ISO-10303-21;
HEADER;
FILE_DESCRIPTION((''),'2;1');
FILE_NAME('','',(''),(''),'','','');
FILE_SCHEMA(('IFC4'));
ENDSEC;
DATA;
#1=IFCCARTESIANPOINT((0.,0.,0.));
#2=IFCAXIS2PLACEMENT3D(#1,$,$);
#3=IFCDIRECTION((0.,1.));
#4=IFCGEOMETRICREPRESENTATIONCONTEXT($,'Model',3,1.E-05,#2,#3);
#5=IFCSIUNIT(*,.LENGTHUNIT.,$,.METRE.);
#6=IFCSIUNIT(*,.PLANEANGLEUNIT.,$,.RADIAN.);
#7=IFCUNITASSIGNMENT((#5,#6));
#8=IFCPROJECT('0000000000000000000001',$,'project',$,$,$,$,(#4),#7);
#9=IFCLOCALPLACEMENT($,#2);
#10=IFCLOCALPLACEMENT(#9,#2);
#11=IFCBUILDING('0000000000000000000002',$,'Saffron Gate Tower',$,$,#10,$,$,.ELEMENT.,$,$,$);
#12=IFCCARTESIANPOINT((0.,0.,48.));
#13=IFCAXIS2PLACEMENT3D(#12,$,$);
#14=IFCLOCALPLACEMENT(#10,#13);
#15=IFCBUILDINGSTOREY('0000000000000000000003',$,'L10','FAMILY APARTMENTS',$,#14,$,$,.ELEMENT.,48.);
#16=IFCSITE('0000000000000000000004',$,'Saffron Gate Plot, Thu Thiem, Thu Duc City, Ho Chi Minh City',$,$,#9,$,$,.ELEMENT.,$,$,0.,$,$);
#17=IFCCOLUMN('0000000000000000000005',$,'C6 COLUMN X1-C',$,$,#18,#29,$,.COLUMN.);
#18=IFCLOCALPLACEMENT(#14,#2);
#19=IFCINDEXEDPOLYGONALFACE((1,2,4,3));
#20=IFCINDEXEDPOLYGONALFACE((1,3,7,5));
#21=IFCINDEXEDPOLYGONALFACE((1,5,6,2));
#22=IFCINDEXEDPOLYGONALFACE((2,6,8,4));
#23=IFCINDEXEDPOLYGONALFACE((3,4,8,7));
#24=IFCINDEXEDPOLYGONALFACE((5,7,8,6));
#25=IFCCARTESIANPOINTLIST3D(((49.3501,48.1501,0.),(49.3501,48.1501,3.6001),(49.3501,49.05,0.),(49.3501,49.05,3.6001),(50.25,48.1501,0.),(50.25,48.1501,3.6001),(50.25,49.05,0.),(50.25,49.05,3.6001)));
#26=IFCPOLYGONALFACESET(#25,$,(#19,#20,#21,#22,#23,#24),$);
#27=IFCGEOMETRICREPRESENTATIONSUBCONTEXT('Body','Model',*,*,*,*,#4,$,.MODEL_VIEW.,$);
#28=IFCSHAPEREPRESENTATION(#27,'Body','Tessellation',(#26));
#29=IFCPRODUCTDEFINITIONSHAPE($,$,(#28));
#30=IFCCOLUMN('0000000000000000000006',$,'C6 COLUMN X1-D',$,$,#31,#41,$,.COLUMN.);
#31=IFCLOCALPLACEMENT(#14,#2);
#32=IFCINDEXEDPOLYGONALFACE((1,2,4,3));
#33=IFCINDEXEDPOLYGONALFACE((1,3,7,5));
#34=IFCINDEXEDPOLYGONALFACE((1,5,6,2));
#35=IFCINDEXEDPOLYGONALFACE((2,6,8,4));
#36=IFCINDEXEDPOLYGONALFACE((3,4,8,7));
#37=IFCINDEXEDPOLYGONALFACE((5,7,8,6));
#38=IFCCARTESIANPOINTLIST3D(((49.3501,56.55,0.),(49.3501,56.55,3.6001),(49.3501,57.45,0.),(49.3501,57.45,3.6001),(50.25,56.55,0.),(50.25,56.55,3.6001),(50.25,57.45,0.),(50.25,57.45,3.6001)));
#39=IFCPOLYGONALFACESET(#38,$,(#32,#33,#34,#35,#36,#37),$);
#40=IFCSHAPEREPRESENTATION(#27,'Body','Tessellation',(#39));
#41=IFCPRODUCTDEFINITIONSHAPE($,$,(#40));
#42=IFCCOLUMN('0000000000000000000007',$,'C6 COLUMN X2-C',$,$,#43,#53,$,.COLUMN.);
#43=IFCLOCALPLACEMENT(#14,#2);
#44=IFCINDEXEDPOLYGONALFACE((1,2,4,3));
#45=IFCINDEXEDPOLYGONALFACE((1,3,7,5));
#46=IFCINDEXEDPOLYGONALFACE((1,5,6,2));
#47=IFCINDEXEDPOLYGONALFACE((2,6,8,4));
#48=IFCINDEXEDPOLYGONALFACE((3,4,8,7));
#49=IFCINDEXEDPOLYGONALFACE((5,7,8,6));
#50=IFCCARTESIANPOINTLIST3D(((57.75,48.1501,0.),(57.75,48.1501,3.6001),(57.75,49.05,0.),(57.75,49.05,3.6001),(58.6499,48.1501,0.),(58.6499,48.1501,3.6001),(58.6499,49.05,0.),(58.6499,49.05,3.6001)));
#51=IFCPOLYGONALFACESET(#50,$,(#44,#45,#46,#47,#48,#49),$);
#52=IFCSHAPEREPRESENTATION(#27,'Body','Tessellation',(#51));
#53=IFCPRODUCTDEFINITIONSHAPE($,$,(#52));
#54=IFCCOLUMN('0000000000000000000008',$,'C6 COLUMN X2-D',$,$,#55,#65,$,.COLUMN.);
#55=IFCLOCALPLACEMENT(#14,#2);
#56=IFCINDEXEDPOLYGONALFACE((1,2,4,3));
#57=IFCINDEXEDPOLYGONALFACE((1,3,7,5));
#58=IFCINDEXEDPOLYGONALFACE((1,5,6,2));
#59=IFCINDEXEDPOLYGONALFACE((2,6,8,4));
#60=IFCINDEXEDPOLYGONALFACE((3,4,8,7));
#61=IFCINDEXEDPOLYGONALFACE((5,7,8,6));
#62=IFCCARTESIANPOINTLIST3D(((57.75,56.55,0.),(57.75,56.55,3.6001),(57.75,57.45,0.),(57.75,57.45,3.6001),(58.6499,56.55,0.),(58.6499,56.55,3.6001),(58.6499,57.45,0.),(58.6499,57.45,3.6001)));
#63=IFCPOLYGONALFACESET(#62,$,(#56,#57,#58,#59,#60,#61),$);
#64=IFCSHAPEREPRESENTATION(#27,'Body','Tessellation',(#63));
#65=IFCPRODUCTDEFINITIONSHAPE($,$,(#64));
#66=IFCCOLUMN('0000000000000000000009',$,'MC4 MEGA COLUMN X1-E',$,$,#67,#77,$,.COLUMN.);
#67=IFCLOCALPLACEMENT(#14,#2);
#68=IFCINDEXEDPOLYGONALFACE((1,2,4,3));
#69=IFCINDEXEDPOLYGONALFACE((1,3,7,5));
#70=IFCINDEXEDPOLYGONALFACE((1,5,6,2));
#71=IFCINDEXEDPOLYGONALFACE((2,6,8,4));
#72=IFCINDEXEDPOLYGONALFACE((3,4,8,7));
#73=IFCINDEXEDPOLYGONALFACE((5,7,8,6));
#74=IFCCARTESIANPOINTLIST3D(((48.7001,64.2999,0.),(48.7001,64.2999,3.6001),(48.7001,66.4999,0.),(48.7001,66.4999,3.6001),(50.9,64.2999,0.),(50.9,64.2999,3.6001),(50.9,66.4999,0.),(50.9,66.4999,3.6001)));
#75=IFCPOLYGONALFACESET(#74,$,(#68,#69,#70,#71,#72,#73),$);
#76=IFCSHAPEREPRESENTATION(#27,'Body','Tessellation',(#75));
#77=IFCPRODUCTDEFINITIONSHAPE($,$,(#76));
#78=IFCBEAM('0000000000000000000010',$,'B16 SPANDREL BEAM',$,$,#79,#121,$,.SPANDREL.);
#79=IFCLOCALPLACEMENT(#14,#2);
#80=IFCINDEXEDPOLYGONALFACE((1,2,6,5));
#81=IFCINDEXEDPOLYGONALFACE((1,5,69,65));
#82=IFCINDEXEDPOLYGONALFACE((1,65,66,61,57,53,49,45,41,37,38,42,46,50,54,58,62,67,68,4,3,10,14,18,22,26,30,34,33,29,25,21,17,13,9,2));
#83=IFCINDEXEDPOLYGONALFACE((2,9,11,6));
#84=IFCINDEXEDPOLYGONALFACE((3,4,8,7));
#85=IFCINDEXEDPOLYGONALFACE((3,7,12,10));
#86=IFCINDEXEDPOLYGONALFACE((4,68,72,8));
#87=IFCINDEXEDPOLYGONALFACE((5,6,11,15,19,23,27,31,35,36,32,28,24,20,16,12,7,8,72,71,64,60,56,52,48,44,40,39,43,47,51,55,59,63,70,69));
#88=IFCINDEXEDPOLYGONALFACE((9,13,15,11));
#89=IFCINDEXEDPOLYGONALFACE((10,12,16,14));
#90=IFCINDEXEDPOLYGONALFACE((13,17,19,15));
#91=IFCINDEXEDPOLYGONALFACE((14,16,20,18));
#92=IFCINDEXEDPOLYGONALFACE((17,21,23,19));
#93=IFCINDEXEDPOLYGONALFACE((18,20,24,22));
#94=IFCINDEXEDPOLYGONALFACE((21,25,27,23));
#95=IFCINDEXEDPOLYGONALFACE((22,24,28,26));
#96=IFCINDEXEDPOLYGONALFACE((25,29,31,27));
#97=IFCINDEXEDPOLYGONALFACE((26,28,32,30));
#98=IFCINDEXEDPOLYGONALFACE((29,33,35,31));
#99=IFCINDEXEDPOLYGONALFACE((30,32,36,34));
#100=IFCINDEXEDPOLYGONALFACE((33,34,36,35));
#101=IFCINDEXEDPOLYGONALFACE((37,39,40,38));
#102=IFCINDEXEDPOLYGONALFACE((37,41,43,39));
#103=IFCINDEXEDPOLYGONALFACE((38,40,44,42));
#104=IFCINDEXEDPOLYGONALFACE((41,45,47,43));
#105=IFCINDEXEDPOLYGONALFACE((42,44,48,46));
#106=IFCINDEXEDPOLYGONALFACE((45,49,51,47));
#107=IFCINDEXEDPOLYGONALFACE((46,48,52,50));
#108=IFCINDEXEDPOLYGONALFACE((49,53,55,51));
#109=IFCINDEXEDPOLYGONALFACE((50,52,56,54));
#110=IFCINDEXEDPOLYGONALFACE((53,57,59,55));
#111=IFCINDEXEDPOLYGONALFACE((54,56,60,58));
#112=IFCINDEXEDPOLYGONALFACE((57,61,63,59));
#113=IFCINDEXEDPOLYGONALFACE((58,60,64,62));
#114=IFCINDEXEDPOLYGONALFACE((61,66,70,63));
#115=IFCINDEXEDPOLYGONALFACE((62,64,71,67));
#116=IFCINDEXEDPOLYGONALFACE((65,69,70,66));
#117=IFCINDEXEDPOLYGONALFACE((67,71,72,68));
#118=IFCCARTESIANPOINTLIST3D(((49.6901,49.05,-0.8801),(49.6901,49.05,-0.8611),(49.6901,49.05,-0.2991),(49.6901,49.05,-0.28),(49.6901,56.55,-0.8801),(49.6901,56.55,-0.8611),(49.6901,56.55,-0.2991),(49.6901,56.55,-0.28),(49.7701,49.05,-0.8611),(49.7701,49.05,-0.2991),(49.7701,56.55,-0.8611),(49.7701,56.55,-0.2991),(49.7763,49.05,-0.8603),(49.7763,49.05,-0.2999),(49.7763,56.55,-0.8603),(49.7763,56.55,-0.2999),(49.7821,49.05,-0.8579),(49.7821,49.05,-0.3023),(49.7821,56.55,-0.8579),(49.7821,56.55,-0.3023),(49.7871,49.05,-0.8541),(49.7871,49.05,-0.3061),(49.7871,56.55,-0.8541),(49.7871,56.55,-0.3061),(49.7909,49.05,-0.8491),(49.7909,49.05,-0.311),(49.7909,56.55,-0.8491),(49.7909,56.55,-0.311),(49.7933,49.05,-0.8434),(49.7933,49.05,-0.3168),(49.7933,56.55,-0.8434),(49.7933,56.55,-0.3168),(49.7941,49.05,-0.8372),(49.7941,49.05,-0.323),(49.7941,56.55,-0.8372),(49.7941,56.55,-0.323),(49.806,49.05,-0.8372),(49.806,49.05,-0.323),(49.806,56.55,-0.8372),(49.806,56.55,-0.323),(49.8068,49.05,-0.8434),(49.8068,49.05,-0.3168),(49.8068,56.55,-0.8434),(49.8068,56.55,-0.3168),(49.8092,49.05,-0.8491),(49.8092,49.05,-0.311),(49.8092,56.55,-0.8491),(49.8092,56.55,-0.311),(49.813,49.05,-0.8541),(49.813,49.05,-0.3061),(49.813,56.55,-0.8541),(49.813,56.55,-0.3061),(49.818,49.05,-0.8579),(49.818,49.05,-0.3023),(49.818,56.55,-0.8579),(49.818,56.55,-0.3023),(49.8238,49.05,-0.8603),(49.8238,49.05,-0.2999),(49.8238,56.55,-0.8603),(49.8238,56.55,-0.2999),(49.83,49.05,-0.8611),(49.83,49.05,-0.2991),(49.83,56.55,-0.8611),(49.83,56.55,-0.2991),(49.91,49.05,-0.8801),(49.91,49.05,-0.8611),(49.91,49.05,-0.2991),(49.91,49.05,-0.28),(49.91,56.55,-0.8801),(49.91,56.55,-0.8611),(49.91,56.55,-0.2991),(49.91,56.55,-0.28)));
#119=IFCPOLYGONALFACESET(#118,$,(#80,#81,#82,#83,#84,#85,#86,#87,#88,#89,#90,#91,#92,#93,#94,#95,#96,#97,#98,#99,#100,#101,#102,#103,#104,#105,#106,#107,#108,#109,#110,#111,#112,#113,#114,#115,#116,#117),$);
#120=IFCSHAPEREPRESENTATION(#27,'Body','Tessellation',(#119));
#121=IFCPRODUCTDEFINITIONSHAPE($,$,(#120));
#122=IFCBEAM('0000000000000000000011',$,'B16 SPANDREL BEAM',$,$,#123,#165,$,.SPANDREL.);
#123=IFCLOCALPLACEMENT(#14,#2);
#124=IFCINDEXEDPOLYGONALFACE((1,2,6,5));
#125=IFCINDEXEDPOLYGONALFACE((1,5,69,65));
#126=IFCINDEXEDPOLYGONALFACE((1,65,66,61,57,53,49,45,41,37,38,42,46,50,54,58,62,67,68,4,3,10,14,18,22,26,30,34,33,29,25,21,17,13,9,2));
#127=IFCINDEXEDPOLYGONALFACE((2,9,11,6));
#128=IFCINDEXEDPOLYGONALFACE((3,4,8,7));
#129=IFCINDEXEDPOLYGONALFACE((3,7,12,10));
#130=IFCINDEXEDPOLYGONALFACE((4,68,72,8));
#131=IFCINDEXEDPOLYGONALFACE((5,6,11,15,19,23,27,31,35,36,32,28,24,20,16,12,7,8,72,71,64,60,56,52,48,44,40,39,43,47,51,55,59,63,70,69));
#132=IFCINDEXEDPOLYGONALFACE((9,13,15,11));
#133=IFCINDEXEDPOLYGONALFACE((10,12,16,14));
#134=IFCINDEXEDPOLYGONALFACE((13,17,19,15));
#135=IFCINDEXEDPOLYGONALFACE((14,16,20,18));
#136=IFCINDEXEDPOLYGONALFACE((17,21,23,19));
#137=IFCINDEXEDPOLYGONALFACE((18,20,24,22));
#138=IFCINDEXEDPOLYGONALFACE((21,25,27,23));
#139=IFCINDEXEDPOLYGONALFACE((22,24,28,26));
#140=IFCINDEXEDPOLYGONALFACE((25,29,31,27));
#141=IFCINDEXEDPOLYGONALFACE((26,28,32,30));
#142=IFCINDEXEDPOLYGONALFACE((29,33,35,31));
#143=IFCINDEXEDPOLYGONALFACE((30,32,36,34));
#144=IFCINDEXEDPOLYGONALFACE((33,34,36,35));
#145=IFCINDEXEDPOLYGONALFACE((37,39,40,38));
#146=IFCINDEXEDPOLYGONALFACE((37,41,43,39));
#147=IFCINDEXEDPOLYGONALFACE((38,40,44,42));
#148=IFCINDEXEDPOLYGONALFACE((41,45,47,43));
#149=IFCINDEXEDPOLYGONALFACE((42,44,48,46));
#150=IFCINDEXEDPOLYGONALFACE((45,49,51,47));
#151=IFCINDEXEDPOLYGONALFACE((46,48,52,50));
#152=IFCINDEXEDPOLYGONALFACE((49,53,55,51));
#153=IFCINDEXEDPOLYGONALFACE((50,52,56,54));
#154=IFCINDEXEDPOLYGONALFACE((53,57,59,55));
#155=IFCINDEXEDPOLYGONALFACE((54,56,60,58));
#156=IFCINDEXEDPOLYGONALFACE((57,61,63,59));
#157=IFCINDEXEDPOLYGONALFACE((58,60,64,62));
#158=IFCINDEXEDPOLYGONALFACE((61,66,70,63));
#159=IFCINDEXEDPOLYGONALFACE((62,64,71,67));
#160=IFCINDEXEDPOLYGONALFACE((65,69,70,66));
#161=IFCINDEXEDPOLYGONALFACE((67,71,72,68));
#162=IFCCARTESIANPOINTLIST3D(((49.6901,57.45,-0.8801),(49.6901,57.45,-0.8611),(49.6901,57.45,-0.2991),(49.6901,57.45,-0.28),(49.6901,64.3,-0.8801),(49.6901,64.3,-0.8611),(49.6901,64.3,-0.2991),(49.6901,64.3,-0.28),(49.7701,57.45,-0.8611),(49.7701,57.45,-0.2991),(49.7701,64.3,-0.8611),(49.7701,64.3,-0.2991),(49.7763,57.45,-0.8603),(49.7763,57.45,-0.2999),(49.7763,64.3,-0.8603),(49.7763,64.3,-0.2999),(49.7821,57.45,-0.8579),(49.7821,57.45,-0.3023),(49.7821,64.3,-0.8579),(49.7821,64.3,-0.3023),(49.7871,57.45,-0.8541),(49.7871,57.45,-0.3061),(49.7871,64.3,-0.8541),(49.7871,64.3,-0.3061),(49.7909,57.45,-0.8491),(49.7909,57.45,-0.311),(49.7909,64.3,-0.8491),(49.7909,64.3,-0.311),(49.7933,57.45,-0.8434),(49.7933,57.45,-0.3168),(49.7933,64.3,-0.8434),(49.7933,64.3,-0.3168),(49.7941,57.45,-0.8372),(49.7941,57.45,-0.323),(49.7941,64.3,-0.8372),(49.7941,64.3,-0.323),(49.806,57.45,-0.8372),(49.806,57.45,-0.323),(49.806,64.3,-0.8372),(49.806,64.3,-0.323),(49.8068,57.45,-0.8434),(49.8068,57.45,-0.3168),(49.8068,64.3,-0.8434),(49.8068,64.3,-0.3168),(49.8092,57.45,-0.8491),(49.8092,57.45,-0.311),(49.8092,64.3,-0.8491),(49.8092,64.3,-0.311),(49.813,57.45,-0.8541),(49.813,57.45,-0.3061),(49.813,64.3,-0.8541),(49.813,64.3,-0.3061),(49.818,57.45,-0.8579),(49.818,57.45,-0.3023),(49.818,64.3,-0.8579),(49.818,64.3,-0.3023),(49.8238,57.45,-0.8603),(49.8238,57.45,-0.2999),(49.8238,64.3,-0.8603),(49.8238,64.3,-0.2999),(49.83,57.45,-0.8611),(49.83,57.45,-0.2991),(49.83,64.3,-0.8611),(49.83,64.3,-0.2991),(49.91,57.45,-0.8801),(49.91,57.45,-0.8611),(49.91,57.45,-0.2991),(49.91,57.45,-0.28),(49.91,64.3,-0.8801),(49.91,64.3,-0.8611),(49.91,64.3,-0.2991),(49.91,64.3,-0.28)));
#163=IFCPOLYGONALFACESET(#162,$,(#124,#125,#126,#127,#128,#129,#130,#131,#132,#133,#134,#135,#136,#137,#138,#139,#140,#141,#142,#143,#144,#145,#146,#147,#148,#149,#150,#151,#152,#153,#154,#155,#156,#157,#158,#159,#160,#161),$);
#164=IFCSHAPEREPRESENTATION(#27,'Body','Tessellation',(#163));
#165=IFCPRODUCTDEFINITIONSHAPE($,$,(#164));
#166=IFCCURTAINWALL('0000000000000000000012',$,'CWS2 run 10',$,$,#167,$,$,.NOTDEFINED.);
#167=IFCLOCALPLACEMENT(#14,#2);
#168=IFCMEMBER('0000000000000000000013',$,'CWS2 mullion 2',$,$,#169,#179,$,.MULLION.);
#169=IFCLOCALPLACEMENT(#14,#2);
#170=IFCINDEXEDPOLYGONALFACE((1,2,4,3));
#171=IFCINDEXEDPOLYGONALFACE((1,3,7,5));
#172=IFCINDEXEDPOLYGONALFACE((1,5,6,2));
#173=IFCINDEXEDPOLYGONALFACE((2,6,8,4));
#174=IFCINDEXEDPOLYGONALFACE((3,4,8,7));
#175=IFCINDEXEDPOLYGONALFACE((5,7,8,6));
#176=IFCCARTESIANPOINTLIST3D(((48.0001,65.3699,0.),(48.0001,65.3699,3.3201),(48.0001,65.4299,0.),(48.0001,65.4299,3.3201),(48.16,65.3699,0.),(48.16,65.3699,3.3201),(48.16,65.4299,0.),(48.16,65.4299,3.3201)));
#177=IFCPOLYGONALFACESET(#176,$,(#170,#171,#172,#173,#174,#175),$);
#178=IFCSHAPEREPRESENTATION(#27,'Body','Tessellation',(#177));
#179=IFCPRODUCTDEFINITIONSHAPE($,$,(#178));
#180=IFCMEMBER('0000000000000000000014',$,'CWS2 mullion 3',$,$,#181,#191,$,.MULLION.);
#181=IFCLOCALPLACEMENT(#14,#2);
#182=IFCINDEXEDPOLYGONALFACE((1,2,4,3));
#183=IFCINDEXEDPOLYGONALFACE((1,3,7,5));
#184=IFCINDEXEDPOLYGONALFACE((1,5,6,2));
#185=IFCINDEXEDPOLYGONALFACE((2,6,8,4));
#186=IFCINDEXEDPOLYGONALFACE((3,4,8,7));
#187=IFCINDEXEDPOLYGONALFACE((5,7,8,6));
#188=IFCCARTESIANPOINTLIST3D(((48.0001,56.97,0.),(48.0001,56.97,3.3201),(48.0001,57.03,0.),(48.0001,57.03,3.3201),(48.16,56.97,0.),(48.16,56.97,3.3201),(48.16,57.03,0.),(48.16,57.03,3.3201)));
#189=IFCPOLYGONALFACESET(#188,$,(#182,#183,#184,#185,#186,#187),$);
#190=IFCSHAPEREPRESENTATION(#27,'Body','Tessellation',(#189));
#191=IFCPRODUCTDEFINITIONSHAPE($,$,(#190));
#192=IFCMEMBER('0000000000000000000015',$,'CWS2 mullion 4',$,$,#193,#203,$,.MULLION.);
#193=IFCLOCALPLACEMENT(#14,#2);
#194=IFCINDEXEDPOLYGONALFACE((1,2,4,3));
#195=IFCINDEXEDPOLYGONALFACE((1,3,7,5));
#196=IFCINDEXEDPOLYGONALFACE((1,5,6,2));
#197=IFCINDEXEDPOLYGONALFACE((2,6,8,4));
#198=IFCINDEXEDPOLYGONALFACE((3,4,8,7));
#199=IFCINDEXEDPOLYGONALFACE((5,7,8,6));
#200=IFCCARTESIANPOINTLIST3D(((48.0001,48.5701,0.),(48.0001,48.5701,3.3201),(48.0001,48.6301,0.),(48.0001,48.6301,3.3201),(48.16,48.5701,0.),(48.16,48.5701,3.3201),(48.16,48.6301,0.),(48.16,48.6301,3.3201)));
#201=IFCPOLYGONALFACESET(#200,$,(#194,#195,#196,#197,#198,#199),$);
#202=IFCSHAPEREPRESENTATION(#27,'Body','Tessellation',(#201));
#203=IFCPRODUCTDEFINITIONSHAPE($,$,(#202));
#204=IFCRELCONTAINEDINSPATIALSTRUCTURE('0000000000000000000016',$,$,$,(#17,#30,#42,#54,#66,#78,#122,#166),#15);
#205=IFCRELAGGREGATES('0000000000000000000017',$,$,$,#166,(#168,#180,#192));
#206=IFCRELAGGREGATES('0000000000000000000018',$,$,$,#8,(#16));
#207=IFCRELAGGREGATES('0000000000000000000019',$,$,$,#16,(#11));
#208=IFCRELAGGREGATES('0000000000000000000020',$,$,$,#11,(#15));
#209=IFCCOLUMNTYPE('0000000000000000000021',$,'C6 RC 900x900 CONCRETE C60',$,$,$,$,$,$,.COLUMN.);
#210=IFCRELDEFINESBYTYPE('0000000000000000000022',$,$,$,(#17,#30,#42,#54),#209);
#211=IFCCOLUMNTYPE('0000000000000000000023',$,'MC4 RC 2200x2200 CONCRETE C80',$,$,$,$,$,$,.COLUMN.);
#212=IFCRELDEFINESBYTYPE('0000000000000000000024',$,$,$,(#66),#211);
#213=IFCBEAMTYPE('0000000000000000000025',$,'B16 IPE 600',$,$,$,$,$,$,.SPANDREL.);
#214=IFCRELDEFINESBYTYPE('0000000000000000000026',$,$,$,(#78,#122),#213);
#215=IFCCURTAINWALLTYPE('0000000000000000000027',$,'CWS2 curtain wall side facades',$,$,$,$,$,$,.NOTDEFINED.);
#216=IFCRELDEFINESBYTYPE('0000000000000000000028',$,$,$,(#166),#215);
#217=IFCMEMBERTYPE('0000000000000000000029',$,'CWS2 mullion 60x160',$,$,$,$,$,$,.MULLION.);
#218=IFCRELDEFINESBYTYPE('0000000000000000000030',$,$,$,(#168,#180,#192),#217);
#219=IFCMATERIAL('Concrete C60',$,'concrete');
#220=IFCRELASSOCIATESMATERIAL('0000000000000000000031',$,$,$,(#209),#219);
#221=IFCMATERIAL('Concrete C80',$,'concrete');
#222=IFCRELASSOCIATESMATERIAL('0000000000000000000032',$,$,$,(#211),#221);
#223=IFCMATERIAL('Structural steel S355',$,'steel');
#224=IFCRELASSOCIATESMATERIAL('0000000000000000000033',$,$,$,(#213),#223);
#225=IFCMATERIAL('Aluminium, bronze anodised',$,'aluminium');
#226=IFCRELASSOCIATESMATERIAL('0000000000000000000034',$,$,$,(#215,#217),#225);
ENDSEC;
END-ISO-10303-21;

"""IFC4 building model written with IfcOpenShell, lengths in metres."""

from ifc_helpers import new_model, si_unit, direction, frame, origin, origin_2d, place, context, subcontext, project, spatial, rectangle, i_section, extrude, material, material_profile, profile_set, type_object, element, aggregate, save


model = new_model("IFC4")

# Units and contexts
model_context = context("Model", 3, precision=1e-05, world=origin(), true_north=direction((0.0, 1.0)))
body_context = subcontext(model_context, "Body", "Model", "MODEL_VIEW")
ifc_project = project(units=[si_unit("LENGTHUNIT", "METRE"), si_unit("PLANEANGLEUNIT", "RADIAN")], contexts=[model_context])

# Site, building, storey
site_placement = place(None, origin())
site = spatial("IfcSite", under=ifc_project, at=site_placement, Name="Saffron Gate Plot, Thu Thiem, Thu Duc City, Ho Chi Minh City", CompositionType="ELEMENT", RefElevation=0.0)
building_placement = place(site_placement, origin())
building = spatial("IfcBuilding", under=site, at=building_placement, Name="Saffron Gate Tower", CompositionType="ELEMENT")
storey_placement = place(building_placement, frame((0.0, 0.0, 48.0)))
storey = spatial("IfcBuildingStorey", under=building, at=storey_placement, Name="L10", Description="FAMILY APARTMENTS", CompositionType="ELEMENT", Elevation=48.0)

# Columns
ifc_material_1 = material(Name="Concrete C60", Category="concrete")
ifc_material_profile_1 = material_profile(ifc_material_1, rectangle(XDim=0.8999, YDim=0.8999, at=origin_2d()))
ifc_profile_set_1 = profile_set([ifc_material_profile_1], Name="Concrete C60")
column_type_1 = type_object("IfcColumnType", Name="C6 RC 900x900 CONCRETE C60", PredefinedType="COLUMN", material=ifc_profile_set_1)
for number, where, z_axis, x_axis, name in (
    (1, (49.8, 48.6001, 0.0), (0.0, 0.0, 1.0), (1.0, 0.0, 0.0), "C6 COLUMN X1-C"),
    (2, (49.8, 57.0, 0.0), (0.0, 0.0, 1.0), (1.0, 0.0, 0.0), "C6 COLUMN X1-D"),
    (3, (58.2, 48.6001, 0.0), (0.0, 0.0, 1.0), (1.0, 0.0, 0.0), "C6 COLUMN X2-C"),
    (4, (58.2, 57.0, 0.0), (0.0, 0.0, 1.0), (1.0, 0.0, 0.0), "C6 COLUMN X2-D"),
):
    element("IfcColumn", number, at=place(storey_placement, frame(where, z_axis=z_axis, x_axis=x_axis)), inside=storey, type_object=column_type_1, Name=name, PredefinedType="COLUMN", context=body_context, shape_type="SweptSolid", body=[
        extrude(rectangle(XDim=0.8999, YDim=0.8999, at=origin_2d()), origin(), (0.0, 0.0, 1.0), 3.6001),
    ])
ifc_material_2 = material(Name="Concrete C80", Category="concrete")
ifc_material_profile_2 = material_profile(ifc_material_2, rectangle(XDim=2.2, YDim=2.2, at=origin_2d()))
ifc_profile_set_2 = profile_set([ifc_material_profile_2], Name="Concrete C80")
column_type_2 = type_object("IfcColumnType", Name="MC4 RC 2200x2200 CONCRETE C80", PredefinedType="COLUMN", material=ifc_profile_set_2)
column_placement = place(storey_placement, frame((49.8, 65.3999, 0.0), z_axis=(0.0, 0.0, 1.0), x_axis=(1.0, 0.0, 0.0)))
element("IfcColumn", 5, at=column_placement, inside=storey, type_object=column_type_2, Name="MC4 MEGA COLUMN X1-E", PredefinedType="COLUMN", context=body_context, shape_type="SweptSolid", body=[
    extrude(rectangle(XDim=2.2, YDim=2.2, at=origin_2d()), origin(), (0.0, 0.0, 1.0), 3.6001),
])

# Beams
ifc_material_3 = material(Name="Structural steel S355", Category="steel")
ifc_material_profile_3 = material_profile(ifc_material_3, i_section(OverallWidth=0.22, OverallDepth=0.6001, WebThickness=0.012, FlangeThickness=0.019, FilletRadius=0.0239, at=origin_2d()))
ifc_profile_set_3 = profile_set([ifc_material_profile_3], Name="Structural steel S355")
beam_type = type_object("IfcBeamType", Name="B16 IPE 600", PredefinedType="SPANDREL", material=ifc_profile_set_3)
beam_1_placement = place(storey_placement, frame((49.8, 49.05, -0.5801), z_axis=(0.0, 1.0, 0.0), x_axis=(-1.0, 0.0, 0.0)))
element("IfcBeam", 6, at=beam_1_placement, inside=storey, type_object=beam_type, Name="B16 SPANDREL BEAM", PredefinedType="SPANDREL", context=body_context, shape_type="SweptSolid", body=[
    extrude(i_section(OverallWidth=0.22, OverallDepth=0.6001, WebThickness=0.012, FlangeThickness=0.019, FilletRadius=0.0239, at=origin_2d()), origin(), (0.0, 0.0, 1.0), 7.5),
])
beam_2_placement = place(storey_placement, frame((49.8, 57.45, -0.5801), z_axis=(0.0, 1.0, 0.0), x_axis=(-1.0, 0.0, 0.0)))
element("IfcBeam", 7, at=beam_2_placement, inside=storey, type_object=beam_type, Name="B16 SPANDREL BEAM", PredefinedType="SPANDREL", context=body_context, shape_type="SweptSolid", body=[
    extrude(i_section(OverallWidth=0.22, OverallDepth=0.6001, WebThickness=0.012, FlangeThickness=0.019, FilletRadius=0.0239, at=origin_2d()), origin(), (0.0, 0.0, 1.0), 6.8501),
])

# Curtain wall, members
ifc_material_4 = material(Name="Aluminium, bronze anodised", Category="aluminium")
curtain_wall_type = type_object("IfcCurtainWallType", Name="CWS2 curtain wall side facades", PredefinedType="NOTDEFINED", material=ifc_material_4)
curtain_wall_placement = place(storey_placement, origin())
curtain_wall = element("IfcCurtainWall", 8, at=curtain_wall_placement, inside=storey, type_object=curtain_wall_type, Name="CWS2 run 10", PredefinedType="NOTDEFINED")
ifc_material_profile_4 = material_profile(ifc_material_4, rectangle(XDim=0.1599, YDim=0.0601, at=origin_2d()))
ifc_profile_set_4 = profile_set([ifc_material_profile_4], Name="Aluminium, bronze anodised")
member_type = type_object("IfcMemberType", Name="CWS2 mullion 60x160", PredefinedType="MULLION", material=ifc_profile_set_4)
member_1_placement = place(storey_placement, frame((48.0801, 65.3999, 0.0), z_axis=(0.0, 0.0, 1.0), x_axis=(1.0, 0.0, 0.0)))
member_1 = element("IfcMember", 9, at=member_1_placement, type_object=member_type, Name="CWS2 mullion 2", PredefinedType="MULLION", context=body_context, shape_type="SweptSolid", body=[
    extrude(rectangle(XDim=0.1599, YDim=0.0601, at=origin_2d()), origin(), (0.0, 0.0, 1.0), 3.3201),
])
member_2_placement = place(storey_placement, frame((48.0801, 57.0, 0.0), z_axis=(0.0, 0.0, 1.0), x_axis=(1.0, 0.0, 0.0)))
member_2 = element("IfcMember", 10, at=member_2_placement, type_object=member_type, Name="CWS2 mullion 3", PredefinedType="MULLION", context=body_context, shape_type="SweptSolid", body=[
    extrude(rectangle(XDim=0.1599, YDim=0.0601, at=origin_2d()), origin(), (0.0, 0.0, 1.0), 3.3201),
])
member_3_placement = place(storey_placement, frame((48.0801, 48.6001, 0.0), z_axis=(0.0, 0.0, 1.0), x_axis=(1.0, 0.0, 0.0)))
member_3 = element("IfcMember", 11, at=member_3_placement, type_object=member_type, Name="CWS2 mullion 4", PredefinedType="MULLION", context=body_context, shape_type="SweptSolid", body=[
    extrude(rectangle(XDim=0.1599, YDim=0.0601, at=origin_2d()), origin(), (0.0, 0.0, 1.0), 3.3201),
])
aggregate(curtain_wall, [member_1, member_2, member_3])

save(model, "model.ifc")
